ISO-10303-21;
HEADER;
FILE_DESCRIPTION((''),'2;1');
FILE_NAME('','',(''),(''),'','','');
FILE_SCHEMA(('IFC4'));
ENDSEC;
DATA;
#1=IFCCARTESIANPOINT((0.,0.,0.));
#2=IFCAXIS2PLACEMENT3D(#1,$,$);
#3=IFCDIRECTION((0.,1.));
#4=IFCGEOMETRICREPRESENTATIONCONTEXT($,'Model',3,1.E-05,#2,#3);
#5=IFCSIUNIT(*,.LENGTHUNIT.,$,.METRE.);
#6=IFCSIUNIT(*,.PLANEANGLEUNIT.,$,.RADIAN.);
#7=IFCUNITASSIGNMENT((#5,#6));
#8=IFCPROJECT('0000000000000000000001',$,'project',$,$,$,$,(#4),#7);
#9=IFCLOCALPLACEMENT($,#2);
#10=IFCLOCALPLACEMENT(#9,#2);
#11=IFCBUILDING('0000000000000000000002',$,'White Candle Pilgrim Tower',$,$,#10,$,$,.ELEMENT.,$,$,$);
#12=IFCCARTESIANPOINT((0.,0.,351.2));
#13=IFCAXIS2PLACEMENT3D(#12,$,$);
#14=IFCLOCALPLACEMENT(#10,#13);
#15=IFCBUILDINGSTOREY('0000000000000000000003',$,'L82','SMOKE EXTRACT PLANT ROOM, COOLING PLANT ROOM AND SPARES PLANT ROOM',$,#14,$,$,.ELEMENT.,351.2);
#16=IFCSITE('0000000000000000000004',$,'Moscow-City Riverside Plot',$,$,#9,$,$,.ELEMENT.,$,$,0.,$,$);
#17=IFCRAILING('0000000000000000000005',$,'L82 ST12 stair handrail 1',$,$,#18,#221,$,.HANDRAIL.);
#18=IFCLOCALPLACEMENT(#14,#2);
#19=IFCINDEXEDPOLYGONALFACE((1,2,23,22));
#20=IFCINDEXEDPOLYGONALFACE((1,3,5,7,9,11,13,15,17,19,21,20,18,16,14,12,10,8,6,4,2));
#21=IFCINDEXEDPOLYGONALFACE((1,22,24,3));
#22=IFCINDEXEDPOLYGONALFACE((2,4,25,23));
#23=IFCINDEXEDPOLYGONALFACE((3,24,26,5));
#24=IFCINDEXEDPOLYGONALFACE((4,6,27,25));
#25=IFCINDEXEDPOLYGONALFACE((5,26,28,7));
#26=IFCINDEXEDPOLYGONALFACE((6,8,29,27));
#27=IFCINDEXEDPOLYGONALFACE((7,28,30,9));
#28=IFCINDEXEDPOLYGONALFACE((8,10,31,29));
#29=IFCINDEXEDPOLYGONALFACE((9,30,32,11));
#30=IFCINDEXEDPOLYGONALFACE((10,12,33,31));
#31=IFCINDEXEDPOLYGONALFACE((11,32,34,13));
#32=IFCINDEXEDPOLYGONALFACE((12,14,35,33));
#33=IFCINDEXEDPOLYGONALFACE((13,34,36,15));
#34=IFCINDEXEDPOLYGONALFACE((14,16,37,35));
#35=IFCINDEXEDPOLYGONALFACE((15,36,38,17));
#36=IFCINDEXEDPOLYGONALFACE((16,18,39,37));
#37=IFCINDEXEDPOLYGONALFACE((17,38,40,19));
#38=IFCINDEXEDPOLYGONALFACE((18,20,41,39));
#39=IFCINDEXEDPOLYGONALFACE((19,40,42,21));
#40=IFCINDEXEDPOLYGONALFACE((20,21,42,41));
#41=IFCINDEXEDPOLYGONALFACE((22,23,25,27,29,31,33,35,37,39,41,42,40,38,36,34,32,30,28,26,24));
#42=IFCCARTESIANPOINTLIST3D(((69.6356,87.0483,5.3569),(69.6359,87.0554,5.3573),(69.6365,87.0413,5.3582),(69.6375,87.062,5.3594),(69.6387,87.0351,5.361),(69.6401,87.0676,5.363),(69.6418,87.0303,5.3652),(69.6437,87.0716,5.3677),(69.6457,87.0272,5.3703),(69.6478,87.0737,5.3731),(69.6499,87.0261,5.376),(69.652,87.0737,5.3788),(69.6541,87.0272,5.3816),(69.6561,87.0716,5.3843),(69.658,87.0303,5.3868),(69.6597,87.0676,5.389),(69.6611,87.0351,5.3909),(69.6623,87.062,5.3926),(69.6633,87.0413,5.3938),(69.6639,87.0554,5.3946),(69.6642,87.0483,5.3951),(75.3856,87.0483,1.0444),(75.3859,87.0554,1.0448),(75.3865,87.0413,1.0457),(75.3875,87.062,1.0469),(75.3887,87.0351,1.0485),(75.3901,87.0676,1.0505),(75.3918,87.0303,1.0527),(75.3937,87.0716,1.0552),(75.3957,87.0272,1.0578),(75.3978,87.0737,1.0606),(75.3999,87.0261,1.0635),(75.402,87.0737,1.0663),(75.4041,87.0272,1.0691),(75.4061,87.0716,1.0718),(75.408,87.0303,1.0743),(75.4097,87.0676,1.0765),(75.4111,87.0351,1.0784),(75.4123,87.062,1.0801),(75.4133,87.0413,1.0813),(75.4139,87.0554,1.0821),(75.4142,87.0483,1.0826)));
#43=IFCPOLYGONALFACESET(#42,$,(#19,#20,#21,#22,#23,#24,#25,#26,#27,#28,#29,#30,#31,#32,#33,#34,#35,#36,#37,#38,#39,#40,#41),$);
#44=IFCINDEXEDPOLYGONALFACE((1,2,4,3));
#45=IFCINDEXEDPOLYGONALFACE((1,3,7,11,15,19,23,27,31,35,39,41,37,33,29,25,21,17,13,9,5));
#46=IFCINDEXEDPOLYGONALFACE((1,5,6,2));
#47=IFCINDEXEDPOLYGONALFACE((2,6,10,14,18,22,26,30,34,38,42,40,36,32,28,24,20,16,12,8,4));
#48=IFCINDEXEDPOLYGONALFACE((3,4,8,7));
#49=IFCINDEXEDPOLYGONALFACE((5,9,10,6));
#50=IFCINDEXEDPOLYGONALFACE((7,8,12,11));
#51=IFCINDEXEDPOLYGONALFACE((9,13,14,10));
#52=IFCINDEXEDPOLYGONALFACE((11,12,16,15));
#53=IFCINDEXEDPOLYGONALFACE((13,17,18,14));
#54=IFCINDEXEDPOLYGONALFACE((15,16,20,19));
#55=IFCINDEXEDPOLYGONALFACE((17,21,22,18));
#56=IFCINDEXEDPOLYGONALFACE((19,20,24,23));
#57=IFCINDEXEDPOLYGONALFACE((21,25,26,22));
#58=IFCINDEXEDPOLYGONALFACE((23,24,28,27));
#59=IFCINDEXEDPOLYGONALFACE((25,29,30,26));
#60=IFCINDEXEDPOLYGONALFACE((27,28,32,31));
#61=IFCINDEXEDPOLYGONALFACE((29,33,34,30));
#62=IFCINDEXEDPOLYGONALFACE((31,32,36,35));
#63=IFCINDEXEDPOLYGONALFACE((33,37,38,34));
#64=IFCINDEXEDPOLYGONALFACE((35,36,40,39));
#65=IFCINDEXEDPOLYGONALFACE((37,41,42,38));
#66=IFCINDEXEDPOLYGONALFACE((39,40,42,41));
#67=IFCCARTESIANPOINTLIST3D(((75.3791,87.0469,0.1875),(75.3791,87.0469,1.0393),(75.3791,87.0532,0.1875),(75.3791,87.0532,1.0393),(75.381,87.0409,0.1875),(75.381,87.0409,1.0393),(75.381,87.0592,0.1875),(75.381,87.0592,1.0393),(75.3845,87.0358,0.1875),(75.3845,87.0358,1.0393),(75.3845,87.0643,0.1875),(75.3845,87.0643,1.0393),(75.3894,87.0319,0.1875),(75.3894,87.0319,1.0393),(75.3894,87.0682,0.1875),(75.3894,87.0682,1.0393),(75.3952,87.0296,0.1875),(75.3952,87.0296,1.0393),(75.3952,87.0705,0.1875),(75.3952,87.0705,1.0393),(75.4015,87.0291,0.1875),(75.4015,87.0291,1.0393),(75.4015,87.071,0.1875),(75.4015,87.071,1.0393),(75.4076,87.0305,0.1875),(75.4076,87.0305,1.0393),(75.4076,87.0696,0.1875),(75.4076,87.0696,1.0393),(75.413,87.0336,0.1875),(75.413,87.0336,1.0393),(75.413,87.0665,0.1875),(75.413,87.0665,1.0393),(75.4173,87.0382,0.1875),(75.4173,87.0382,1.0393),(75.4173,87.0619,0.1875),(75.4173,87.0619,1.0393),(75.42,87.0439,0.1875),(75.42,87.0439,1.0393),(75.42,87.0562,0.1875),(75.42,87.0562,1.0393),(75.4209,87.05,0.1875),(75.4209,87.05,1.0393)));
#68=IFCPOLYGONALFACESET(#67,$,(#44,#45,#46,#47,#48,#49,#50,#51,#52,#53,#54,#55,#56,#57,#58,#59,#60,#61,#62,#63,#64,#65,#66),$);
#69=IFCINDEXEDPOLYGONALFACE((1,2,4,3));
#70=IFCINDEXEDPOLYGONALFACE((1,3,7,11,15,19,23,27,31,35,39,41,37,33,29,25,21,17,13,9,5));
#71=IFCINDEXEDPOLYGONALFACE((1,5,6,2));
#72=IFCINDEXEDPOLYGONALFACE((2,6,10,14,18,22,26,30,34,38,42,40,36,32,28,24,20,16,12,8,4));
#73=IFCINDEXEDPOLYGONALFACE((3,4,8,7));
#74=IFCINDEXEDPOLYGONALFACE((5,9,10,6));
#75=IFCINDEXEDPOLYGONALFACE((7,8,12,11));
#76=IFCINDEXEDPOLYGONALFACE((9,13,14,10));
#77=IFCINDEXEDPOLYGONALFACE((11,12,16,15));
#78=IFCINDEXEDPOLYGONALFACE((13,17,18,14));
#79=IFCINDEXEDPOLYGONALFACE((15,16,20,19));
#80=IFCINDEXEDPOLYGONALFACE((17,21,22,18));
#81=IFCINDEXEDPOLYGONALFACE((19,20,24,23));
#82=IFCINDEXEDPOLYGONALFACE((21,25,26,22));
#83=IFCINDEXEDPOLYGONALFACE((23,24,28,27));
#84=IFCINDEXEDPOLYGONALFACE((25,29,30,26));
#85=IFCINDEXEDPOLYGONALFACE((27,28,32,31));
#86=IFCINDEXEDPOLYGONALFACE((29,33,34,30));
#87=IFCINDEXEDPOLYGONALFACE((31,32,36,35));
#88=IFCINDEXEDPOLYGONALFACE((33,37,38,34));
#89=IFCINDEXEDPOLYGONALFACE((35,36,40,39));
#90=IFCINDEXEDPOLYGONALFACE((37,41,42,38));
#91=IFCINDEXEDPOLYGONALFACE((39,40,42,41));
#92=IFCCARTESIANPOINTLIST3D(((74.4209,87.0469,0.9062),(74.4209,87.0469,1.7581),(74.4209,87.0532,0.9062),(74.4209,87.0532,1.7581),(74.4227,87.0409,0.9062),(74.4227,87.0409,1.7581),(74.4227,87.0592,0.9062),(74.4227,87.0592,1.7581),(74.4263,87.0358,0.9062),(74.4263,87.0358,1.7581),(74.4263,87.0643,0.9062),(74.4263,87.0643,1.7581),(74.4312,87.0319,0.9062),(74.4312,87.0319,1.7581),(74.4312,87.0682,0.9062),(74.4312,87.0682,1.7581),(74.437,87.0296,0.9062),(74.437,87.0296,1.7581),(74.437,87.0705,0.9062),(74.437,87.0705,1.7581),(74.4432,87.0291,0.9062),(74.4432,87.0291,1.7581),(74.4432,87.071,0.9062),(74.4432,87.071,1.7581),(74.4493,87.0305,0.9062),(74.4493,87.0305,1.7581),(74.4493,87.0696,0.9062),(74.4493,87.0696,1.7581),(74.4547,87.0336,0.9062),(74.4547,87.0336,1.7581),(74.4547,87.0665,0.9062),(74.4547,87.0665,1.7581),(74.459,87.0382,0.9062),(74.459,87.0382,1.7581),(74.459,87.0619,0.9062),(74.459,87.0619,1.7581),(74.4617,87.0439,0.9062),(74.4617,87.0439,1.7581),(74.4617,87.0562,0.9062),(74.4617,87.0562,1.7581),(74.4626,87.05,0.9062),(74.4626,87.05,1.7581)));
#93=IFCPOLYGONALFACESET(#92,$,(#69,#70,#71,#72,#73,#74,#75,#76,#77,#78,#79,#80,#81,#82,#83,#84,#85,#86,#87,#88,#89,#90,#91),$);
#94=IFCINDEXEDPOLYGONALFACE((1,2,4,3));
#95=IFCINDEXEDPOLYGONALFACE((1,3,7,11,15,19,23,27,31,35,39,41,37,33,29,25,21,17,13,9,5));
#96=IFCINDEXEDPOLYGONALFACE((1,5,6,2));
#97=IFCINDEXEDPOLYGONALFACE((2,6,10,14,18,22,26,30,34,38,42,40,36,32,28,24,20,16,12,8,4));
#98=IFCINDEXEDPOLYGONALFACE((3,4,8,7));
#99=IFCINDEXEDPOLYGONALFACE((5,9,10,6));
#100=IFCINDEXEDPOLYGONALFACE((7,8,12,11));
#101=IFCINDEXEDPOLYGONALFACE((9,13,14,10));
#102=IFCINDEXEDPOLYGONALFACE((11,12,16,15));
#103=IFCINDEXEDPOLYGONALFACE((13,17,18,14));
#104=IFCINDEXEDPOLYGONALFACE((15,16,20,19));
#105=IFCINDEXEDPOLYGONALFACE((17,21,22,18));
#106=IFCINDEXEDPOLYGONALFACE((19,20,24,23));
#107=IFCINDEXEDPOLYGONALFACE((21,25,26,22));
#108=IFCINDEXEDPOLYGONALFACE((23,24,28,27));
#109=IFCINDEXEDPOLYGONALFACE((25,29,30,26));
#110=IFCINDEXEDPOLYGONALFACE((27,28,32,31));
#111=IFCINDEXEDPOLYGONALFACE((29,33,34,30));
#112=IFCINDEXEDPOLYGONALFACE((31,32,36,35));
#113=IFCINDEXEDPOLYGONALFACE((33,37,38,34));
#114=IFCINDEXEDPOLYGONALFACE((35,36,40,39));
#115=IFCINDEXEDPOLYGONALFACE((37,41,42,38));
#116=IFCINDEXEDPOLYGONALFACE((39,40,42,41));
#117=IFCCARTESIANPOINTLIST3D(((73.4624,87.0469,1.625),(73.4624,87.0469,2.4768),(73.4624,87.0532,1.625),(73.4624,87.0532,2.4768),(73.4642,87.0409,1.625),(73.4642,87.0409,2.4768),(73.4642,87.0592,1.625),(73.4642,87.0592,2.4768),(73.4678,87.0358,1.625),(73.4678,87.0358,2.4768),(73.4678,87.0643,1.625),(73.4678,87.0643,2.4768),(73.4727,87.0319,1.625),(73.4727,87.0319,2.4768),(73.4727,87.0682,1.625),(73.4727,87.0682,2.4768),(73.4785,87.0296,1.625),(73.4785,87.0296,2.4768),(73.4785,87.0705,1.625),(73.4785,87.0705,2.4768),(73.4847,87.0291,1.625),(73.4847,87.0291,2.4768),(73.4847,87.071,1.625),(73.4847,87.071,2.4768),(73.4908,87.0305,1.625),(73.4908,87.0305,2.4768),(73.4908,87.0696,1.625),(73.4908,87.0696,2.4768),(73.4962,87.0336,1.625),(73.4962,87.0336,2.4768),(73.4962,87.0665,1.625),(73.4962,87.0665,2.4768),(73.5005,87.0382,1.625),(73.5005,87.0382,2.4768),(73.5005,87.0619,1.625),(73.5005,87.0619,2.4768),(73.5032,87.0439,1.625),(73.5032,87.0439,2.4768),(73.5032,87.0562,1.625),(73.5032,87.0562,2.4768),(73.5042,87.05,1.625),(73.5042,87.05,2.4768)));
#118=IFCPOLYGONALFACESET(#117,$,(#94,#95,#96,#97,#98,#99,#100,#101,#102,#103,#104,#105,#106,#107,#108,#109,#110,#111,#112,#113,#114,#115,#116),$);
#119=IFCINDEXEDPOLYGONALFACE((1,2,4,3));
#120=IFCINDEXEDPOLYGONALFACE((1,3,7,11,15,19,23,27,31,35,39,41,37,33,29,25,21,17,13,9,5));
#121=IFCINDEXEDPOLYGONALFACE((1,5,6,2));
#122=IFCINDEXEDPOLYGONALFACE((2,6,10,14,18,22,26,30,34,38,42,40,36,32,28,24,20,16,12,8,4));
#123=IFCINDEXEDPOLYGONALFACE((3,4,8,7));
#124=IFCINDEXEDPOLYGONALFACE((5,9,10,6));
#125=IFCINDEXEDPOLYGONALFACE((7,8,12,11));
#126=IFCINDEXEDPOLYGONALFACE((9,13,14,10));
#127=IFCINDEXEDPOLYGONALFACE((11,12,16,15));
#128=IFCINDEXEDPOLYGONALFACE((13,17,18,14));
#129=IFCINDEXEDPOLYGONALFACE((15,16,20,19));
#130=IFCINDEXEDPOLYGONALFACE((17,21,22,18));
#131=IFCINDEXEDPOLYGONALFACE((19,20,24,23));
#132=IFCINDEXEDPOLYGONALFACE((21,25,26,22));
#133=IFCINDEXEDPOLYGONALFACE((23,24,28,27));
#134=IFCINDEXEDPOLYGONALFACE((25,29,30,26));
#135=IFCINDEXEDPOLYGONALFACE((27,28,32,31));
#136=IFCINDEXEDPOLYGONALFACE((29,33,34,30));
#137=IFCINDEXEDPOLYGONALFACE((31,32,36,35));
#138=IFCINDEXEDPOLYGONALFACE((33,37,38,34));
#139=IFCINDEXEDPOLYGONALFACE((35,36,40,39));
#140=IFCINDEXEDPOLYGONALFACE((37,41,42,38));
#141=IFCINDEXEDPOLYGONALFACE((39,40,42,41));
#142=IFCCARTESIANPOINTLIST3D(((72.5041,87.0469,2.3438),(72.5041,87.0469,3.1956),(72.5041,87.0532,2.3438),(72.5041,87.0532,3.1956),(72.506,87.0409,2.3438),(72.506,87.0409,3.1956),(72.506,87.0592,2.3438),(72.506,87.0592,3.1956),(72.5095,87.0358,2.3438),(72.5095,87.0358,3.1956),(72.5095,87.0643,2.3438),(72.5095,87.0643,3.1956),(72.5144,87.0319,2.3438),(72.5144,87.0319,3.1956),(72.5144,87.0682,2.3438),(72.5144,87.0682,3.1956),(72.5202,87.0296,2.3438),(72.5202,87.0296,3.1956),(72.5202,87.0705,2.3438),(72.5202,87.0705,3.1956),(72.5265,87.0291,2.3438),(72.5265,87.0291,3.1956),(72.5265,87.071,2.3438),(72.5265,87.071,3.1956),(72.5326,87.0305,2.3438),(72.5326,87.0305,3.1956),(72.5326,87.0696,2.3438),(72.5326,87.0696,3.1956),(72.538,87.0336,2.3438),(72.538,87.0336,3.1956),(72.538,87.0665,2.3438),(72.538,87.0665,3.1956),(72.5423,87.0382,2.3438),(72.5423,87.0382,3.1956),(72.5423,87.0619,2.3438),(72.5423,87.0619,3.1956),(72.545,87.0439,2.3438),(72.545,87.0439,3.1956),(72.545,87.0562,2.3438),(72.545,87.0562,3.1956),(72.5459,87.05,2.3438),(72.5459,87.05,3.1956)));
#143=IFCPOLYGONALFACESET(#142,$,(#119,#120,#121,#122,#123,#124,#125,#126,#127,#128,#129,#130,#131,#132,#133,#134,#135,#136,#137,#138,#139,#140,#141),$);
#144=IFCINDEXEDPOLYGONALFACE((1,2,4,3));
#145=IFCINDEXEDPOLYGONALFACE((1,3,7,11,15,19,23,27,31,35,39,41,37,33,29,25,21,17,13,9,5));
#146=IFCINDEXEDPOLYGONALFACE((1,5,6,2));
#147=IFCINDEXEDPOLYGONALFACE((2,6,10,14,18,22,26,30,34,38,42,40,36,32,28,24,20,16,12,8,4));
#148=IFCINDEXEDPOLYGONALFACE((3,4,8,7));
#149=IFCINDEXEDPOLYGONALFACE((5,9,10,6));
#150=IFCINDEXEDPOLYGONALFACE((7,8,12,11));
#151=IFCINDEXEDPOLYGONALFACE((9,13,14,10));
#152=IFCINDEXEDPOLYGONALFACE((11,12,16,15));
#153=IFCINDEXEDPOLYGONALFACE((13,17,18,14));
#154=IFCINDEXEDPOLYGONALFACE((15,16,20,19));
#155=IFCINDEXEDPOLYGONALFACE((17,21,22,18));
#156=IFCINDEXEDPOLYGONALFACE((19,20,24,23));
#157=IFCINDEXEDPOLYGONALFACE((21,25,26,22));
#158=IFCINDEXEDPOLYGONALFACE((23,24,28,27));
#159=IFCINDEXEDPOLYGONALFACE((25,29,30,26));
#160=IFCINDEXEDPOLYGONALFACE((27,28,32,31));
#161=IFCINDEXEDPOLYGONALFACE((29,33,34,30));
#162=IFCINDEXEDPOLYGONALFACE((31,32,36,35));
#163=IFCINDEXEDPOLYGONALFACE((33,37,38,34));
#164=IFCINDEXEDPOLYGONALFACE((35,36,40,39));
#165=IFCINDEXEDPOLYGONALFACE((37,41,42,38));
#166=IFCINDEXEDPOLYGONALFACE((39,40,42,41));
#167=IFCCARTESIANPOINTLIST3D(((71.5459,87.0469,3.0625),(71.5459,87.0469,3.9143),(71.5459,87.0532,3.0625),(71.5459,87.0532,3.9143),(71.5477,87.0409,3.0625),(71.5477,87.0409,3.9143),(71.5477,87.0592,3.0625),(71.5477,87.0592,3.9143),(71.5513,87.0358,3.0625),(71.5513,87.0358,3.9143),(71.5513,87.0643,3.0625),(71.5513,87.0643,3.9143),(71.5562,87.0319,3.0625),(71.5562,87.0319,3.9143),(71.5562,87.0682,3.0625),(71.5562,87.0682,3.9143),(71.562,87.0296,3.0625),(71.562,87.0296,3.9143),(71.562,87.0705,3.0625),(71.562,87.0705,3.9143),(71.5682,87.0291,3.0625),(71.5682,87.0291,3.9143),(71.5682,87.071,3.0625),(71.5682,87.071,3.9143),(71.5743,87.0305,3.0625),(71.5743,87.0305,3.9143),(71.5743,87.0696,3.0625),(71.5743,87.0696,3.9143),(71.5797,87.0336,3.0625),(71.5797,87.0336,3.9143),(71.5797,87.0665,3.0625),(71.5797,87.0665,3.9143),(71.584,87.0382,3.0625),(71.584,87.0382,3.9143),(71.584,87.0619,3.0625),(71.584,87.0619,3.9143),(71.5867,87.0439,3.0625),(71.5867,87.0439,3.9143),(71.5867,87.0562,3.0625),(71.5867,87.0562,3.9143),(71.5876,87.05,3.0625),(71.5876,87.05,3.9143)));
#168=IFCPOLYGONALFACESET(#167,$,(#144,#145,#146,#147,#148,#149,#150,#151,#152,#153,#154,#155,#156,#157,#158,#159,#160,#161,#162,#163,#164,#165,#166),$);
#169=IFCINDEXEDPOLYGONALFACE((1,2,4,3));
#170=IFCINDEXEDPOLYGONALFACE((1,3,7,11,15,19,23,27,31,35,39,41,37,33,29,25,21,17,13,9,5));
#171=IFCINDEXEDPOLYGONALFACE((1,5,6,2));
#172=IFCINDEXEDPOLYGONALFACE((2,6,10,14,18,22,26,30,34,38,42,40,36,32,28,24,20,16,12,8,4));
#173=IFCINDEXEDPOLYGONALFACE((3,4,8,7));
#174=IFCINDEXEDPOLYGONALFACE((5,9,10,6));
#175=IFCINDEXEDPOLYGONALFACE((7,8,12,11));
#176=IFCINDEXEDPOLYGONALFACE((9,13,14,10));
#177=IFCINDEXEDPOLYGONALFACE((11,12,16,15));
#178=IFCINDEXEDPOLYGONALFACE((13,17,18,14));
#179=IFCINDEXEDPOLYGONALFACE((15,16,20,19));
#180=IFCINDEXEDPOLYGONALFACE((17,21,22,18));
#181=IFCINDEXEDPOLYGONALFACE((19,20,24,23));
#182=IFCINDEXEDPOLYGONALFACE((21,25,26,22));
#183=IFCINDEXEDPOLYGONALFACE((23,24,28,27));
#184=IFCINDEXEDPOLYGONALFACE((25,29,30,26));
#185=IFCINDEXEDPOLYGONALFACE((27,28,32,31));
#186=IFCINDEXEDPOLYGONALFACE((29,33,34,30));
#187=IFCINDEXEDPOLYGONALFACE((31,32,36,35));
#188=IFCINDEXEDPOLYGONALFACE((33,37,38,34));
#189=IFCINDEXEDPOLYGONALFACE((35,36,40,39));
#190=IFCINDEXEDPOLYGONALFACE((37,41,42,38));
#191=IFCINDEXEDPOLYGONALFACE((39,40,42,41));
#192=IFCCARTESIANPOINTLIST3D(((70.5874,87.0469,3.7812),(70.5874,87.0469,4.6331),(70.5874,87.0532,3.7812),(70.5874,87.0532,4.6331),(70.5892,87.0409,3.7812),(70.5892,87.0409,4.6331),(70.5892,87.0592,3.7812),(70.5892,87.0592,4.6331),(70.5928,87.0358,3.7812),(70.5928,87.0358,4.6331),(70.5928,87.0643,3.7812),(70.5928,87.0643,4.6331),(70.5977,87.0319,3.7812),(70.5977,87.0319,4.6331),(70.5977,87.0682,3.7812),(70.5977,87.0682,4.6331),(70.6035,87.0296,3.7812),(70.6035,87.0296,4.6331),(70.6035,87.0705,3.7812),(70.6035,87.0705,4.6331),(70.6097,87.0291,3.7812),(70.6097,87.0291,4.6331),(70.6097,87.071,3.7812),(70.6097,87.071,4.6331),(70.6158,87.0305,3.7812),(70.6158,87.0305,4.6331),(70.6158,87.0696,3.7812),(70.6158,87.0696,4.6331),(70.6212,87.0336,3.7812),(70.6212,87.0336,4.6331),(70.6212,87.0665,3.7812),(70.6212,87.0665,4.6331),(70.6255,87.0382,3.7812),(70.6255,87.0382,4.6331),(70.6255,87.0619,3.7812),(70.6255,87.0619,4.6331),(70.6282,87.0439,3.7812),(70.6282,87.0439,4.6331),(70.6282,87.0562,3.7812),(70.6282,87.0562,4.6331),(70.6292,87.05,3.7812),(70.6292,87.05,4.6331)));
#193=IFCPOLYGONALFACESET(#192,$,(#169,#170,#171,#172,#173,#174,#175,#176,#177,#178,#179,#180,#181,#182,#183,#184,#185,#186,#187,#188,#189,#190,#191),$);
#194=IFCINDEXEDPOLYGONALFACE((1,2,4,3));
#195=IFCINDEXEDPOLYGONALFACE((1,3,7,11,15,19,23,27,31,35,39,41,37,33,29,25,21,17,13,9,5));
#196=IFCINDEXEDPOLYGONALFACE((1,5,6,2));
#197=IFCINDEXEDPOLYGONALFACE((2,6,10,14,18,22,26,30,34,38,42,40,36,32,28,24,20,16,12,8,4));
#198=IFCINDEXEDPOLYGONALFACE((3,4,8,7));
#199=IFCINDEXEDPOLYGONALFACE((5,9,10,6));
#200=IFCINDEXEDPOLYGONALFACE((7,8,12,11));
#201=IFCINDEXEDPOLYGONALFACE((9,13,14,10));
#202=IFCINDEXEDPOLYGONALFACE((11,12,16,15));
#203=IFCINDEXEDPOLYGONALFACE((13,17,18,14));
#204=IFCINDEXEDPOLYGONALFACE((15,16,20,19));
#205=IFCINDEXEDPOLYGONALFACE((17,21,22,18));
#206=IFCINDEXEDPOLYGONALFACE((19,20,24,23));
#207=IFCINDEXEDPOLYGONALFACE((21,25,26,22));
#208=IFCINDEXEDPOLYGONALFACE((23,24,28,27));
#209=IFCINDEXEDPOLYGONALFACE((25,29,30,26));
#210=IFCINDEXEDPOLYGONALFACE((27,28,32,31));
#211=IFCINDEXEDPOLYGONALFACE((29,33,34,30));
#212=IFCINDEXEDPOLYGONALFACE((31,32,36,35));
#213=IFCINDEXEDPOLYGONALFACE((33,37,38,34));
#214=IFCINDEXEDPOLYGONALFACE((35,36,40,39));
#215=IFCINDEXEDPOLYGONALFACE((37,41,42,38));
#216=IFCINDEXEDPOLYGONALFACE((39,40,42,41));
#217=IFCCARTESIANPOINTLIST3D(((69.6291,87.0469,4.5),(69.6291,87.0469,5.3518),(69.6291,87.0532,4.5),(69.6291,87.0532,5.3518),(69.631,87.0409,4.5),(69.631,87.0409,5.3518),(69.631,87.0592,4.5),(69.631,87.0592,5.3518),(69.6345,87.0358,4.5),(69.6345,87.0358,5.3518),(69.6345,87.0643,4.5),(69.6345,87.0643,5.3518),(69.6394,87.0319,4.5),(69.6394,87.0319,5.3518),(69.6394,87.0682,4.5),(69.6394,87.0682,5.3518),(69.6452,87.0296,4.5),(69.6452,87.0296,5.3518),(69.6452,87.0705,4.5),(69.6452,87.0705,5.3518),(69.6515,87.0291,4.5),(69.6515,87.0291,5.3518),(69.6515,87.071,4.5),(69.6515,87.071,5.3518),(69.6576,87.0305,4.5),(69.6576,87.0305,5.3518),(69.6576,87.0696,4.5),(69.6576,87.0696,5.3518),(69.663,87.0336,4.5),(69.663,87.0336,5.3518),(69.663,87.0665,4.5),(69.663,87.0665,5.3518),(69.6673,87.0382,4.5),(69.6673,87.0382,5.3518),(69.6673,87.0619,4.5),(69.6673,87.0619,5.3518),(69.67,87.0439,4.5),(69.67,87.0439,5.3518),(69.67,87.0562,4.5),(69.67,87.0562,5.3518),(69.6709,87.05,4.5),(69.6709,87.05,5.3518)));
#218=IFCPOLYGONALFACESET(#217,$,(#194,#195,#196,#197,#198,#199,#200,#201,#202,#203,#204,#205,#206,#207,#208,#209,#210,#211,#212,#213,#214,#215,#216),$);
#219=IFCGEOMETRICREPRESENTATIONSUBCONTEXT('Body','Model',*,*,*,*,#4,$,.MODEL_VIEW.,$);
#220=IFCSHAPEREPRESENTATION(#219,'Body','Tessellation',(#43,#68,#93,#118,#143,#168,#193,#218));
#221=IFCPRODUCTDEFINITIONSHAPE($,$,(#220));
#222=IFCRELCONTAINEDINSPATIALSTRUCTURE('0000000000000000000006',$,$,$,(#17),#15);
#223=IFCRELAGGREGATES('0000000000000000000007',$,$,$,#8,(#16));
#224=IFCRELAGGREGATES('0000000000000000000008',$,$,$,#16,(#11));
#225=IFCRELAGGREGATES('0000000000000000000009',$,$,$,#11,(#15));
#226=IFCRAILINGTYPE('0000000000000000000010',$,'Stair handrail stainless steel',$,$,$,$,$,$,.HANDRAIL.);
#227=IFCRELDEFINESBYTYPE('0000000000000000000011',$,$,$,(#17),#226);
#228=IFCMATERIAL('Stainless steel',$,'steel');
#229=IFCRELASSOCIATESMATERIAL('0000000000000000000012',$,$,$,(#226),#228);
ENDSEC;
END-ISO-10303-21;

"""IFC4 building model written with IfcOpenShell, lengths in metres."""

from ifc_helpers import new_model, si_unit, direction, frame, origin, origin_2d, place, context, subcontext, project, spatial, circle, extrude, material, type_object, element, save


model = new_model("IFC4")

# Units and contexts
model_context = context("Model", 3, precision=1e-05, world=origin(), true_north=direction((0.0, 1.0)))
body_context = subcontext(model_context, "Body", "Model", "MODEL_VIEW")
ifc_project = project(units=[si_unit("LENGTHUNIT", "METRE"), si_unit("PLANEANGLEUNIT", "RADIAN")], contexts=[model_context])

# Site, building, storey
site_placement = place(None, origin())
site = spatial("IfcSite", under=ifc_project, at=site_placement, Name="Moscow-City Riverside Plot", CompositionType="ELEMENT", RefElevation=0.0)
building_placement = place(site_placement, origin())
building = spatial("IfcBuilding", under=site, at=building_placement, Name="White Candle Pilgrim Tower", CompositionType="ELEMENT")
storey_placement = place(building_placement, frame((0.0, 0.0, 351.2)))
storey = spatial("IfcBuildingStorey", under=building, at=storey_placement, Name="L82", Description="SMOKE EXTRACT PLANT ROOM, COOLING PLANT ROOM AND SPARES PLANT ROOM", CompositionType="ELEMENT", Elevation=351.2)

# Shared definitions
ifc_material_1 = material(Name="Stainless steel", Category="steel")

# Railing
railing_type = type_object("IfcRailingType", Name="Stair handrail stainless steel", PredefinedType="HANDRAIL", material=ifc_material_1)
railing_placement = place(storey_placement, frame((75.3999, 87.05, 0.1875)))
element("IfcRailing", 1, at=railing_placement, inside=storey, type_object=railing_type, Name="L82 ST12 stair handrail 1", PredefinedType="HANDRAIL", context=body_context, shape_type="SweptSolid", body=[
    extrude(circle(Radius=0.0239, at=origin_2d()), frame((0.0, 0.0, 0.876), z_axis=(-0.8, 0.0, 0.6), x_axis=(0.0, -1.0, 0.0)), (0.0, 0.0, 1.0), 7.1875),
    extrude(circle(Radius=0.021, at=origin_2d()), origin(), (0.0, 0.0, 1.0), 0.8518),
    extrude(circle(Radius=0.021, at=origin_2d()), frame((-0.9583, 0.0, 0.7188)), (0.0, 0.0, 1.0), 0.8518),
    extrude(circle(Radius=0.021, at=origin_2d()), frame((-1.9167, 0.0, 1.4375)), (0.0, 0.0, 1.0), 0.8518),
    extrude(circle(Radius=0.021, at=origin_2d()), frame((-2.875, 0.0, 2.1562)), (0.0, 0.0, 1.0), 0.8518),
    extrude(circle(Radius=0.021, at=origin_2d()), frame((-3.8333, 0.0, 2.875)), (0.0, 0.0, 1.0), 0.8518),
    extrude(circle(Radius=0.021, at=origin_2d()), frame((-4.7917, 0.0, 3.5938)), (0.0, 0.0, 1.0), 0.8518),
    extrude(circle(Radius=0.021, at=origin_2d()), frame((-5.75, 0.0, 4.3125)), (0.0, 0.0, 1.0), 0.8518),
])

save(model, "model.ifc")
